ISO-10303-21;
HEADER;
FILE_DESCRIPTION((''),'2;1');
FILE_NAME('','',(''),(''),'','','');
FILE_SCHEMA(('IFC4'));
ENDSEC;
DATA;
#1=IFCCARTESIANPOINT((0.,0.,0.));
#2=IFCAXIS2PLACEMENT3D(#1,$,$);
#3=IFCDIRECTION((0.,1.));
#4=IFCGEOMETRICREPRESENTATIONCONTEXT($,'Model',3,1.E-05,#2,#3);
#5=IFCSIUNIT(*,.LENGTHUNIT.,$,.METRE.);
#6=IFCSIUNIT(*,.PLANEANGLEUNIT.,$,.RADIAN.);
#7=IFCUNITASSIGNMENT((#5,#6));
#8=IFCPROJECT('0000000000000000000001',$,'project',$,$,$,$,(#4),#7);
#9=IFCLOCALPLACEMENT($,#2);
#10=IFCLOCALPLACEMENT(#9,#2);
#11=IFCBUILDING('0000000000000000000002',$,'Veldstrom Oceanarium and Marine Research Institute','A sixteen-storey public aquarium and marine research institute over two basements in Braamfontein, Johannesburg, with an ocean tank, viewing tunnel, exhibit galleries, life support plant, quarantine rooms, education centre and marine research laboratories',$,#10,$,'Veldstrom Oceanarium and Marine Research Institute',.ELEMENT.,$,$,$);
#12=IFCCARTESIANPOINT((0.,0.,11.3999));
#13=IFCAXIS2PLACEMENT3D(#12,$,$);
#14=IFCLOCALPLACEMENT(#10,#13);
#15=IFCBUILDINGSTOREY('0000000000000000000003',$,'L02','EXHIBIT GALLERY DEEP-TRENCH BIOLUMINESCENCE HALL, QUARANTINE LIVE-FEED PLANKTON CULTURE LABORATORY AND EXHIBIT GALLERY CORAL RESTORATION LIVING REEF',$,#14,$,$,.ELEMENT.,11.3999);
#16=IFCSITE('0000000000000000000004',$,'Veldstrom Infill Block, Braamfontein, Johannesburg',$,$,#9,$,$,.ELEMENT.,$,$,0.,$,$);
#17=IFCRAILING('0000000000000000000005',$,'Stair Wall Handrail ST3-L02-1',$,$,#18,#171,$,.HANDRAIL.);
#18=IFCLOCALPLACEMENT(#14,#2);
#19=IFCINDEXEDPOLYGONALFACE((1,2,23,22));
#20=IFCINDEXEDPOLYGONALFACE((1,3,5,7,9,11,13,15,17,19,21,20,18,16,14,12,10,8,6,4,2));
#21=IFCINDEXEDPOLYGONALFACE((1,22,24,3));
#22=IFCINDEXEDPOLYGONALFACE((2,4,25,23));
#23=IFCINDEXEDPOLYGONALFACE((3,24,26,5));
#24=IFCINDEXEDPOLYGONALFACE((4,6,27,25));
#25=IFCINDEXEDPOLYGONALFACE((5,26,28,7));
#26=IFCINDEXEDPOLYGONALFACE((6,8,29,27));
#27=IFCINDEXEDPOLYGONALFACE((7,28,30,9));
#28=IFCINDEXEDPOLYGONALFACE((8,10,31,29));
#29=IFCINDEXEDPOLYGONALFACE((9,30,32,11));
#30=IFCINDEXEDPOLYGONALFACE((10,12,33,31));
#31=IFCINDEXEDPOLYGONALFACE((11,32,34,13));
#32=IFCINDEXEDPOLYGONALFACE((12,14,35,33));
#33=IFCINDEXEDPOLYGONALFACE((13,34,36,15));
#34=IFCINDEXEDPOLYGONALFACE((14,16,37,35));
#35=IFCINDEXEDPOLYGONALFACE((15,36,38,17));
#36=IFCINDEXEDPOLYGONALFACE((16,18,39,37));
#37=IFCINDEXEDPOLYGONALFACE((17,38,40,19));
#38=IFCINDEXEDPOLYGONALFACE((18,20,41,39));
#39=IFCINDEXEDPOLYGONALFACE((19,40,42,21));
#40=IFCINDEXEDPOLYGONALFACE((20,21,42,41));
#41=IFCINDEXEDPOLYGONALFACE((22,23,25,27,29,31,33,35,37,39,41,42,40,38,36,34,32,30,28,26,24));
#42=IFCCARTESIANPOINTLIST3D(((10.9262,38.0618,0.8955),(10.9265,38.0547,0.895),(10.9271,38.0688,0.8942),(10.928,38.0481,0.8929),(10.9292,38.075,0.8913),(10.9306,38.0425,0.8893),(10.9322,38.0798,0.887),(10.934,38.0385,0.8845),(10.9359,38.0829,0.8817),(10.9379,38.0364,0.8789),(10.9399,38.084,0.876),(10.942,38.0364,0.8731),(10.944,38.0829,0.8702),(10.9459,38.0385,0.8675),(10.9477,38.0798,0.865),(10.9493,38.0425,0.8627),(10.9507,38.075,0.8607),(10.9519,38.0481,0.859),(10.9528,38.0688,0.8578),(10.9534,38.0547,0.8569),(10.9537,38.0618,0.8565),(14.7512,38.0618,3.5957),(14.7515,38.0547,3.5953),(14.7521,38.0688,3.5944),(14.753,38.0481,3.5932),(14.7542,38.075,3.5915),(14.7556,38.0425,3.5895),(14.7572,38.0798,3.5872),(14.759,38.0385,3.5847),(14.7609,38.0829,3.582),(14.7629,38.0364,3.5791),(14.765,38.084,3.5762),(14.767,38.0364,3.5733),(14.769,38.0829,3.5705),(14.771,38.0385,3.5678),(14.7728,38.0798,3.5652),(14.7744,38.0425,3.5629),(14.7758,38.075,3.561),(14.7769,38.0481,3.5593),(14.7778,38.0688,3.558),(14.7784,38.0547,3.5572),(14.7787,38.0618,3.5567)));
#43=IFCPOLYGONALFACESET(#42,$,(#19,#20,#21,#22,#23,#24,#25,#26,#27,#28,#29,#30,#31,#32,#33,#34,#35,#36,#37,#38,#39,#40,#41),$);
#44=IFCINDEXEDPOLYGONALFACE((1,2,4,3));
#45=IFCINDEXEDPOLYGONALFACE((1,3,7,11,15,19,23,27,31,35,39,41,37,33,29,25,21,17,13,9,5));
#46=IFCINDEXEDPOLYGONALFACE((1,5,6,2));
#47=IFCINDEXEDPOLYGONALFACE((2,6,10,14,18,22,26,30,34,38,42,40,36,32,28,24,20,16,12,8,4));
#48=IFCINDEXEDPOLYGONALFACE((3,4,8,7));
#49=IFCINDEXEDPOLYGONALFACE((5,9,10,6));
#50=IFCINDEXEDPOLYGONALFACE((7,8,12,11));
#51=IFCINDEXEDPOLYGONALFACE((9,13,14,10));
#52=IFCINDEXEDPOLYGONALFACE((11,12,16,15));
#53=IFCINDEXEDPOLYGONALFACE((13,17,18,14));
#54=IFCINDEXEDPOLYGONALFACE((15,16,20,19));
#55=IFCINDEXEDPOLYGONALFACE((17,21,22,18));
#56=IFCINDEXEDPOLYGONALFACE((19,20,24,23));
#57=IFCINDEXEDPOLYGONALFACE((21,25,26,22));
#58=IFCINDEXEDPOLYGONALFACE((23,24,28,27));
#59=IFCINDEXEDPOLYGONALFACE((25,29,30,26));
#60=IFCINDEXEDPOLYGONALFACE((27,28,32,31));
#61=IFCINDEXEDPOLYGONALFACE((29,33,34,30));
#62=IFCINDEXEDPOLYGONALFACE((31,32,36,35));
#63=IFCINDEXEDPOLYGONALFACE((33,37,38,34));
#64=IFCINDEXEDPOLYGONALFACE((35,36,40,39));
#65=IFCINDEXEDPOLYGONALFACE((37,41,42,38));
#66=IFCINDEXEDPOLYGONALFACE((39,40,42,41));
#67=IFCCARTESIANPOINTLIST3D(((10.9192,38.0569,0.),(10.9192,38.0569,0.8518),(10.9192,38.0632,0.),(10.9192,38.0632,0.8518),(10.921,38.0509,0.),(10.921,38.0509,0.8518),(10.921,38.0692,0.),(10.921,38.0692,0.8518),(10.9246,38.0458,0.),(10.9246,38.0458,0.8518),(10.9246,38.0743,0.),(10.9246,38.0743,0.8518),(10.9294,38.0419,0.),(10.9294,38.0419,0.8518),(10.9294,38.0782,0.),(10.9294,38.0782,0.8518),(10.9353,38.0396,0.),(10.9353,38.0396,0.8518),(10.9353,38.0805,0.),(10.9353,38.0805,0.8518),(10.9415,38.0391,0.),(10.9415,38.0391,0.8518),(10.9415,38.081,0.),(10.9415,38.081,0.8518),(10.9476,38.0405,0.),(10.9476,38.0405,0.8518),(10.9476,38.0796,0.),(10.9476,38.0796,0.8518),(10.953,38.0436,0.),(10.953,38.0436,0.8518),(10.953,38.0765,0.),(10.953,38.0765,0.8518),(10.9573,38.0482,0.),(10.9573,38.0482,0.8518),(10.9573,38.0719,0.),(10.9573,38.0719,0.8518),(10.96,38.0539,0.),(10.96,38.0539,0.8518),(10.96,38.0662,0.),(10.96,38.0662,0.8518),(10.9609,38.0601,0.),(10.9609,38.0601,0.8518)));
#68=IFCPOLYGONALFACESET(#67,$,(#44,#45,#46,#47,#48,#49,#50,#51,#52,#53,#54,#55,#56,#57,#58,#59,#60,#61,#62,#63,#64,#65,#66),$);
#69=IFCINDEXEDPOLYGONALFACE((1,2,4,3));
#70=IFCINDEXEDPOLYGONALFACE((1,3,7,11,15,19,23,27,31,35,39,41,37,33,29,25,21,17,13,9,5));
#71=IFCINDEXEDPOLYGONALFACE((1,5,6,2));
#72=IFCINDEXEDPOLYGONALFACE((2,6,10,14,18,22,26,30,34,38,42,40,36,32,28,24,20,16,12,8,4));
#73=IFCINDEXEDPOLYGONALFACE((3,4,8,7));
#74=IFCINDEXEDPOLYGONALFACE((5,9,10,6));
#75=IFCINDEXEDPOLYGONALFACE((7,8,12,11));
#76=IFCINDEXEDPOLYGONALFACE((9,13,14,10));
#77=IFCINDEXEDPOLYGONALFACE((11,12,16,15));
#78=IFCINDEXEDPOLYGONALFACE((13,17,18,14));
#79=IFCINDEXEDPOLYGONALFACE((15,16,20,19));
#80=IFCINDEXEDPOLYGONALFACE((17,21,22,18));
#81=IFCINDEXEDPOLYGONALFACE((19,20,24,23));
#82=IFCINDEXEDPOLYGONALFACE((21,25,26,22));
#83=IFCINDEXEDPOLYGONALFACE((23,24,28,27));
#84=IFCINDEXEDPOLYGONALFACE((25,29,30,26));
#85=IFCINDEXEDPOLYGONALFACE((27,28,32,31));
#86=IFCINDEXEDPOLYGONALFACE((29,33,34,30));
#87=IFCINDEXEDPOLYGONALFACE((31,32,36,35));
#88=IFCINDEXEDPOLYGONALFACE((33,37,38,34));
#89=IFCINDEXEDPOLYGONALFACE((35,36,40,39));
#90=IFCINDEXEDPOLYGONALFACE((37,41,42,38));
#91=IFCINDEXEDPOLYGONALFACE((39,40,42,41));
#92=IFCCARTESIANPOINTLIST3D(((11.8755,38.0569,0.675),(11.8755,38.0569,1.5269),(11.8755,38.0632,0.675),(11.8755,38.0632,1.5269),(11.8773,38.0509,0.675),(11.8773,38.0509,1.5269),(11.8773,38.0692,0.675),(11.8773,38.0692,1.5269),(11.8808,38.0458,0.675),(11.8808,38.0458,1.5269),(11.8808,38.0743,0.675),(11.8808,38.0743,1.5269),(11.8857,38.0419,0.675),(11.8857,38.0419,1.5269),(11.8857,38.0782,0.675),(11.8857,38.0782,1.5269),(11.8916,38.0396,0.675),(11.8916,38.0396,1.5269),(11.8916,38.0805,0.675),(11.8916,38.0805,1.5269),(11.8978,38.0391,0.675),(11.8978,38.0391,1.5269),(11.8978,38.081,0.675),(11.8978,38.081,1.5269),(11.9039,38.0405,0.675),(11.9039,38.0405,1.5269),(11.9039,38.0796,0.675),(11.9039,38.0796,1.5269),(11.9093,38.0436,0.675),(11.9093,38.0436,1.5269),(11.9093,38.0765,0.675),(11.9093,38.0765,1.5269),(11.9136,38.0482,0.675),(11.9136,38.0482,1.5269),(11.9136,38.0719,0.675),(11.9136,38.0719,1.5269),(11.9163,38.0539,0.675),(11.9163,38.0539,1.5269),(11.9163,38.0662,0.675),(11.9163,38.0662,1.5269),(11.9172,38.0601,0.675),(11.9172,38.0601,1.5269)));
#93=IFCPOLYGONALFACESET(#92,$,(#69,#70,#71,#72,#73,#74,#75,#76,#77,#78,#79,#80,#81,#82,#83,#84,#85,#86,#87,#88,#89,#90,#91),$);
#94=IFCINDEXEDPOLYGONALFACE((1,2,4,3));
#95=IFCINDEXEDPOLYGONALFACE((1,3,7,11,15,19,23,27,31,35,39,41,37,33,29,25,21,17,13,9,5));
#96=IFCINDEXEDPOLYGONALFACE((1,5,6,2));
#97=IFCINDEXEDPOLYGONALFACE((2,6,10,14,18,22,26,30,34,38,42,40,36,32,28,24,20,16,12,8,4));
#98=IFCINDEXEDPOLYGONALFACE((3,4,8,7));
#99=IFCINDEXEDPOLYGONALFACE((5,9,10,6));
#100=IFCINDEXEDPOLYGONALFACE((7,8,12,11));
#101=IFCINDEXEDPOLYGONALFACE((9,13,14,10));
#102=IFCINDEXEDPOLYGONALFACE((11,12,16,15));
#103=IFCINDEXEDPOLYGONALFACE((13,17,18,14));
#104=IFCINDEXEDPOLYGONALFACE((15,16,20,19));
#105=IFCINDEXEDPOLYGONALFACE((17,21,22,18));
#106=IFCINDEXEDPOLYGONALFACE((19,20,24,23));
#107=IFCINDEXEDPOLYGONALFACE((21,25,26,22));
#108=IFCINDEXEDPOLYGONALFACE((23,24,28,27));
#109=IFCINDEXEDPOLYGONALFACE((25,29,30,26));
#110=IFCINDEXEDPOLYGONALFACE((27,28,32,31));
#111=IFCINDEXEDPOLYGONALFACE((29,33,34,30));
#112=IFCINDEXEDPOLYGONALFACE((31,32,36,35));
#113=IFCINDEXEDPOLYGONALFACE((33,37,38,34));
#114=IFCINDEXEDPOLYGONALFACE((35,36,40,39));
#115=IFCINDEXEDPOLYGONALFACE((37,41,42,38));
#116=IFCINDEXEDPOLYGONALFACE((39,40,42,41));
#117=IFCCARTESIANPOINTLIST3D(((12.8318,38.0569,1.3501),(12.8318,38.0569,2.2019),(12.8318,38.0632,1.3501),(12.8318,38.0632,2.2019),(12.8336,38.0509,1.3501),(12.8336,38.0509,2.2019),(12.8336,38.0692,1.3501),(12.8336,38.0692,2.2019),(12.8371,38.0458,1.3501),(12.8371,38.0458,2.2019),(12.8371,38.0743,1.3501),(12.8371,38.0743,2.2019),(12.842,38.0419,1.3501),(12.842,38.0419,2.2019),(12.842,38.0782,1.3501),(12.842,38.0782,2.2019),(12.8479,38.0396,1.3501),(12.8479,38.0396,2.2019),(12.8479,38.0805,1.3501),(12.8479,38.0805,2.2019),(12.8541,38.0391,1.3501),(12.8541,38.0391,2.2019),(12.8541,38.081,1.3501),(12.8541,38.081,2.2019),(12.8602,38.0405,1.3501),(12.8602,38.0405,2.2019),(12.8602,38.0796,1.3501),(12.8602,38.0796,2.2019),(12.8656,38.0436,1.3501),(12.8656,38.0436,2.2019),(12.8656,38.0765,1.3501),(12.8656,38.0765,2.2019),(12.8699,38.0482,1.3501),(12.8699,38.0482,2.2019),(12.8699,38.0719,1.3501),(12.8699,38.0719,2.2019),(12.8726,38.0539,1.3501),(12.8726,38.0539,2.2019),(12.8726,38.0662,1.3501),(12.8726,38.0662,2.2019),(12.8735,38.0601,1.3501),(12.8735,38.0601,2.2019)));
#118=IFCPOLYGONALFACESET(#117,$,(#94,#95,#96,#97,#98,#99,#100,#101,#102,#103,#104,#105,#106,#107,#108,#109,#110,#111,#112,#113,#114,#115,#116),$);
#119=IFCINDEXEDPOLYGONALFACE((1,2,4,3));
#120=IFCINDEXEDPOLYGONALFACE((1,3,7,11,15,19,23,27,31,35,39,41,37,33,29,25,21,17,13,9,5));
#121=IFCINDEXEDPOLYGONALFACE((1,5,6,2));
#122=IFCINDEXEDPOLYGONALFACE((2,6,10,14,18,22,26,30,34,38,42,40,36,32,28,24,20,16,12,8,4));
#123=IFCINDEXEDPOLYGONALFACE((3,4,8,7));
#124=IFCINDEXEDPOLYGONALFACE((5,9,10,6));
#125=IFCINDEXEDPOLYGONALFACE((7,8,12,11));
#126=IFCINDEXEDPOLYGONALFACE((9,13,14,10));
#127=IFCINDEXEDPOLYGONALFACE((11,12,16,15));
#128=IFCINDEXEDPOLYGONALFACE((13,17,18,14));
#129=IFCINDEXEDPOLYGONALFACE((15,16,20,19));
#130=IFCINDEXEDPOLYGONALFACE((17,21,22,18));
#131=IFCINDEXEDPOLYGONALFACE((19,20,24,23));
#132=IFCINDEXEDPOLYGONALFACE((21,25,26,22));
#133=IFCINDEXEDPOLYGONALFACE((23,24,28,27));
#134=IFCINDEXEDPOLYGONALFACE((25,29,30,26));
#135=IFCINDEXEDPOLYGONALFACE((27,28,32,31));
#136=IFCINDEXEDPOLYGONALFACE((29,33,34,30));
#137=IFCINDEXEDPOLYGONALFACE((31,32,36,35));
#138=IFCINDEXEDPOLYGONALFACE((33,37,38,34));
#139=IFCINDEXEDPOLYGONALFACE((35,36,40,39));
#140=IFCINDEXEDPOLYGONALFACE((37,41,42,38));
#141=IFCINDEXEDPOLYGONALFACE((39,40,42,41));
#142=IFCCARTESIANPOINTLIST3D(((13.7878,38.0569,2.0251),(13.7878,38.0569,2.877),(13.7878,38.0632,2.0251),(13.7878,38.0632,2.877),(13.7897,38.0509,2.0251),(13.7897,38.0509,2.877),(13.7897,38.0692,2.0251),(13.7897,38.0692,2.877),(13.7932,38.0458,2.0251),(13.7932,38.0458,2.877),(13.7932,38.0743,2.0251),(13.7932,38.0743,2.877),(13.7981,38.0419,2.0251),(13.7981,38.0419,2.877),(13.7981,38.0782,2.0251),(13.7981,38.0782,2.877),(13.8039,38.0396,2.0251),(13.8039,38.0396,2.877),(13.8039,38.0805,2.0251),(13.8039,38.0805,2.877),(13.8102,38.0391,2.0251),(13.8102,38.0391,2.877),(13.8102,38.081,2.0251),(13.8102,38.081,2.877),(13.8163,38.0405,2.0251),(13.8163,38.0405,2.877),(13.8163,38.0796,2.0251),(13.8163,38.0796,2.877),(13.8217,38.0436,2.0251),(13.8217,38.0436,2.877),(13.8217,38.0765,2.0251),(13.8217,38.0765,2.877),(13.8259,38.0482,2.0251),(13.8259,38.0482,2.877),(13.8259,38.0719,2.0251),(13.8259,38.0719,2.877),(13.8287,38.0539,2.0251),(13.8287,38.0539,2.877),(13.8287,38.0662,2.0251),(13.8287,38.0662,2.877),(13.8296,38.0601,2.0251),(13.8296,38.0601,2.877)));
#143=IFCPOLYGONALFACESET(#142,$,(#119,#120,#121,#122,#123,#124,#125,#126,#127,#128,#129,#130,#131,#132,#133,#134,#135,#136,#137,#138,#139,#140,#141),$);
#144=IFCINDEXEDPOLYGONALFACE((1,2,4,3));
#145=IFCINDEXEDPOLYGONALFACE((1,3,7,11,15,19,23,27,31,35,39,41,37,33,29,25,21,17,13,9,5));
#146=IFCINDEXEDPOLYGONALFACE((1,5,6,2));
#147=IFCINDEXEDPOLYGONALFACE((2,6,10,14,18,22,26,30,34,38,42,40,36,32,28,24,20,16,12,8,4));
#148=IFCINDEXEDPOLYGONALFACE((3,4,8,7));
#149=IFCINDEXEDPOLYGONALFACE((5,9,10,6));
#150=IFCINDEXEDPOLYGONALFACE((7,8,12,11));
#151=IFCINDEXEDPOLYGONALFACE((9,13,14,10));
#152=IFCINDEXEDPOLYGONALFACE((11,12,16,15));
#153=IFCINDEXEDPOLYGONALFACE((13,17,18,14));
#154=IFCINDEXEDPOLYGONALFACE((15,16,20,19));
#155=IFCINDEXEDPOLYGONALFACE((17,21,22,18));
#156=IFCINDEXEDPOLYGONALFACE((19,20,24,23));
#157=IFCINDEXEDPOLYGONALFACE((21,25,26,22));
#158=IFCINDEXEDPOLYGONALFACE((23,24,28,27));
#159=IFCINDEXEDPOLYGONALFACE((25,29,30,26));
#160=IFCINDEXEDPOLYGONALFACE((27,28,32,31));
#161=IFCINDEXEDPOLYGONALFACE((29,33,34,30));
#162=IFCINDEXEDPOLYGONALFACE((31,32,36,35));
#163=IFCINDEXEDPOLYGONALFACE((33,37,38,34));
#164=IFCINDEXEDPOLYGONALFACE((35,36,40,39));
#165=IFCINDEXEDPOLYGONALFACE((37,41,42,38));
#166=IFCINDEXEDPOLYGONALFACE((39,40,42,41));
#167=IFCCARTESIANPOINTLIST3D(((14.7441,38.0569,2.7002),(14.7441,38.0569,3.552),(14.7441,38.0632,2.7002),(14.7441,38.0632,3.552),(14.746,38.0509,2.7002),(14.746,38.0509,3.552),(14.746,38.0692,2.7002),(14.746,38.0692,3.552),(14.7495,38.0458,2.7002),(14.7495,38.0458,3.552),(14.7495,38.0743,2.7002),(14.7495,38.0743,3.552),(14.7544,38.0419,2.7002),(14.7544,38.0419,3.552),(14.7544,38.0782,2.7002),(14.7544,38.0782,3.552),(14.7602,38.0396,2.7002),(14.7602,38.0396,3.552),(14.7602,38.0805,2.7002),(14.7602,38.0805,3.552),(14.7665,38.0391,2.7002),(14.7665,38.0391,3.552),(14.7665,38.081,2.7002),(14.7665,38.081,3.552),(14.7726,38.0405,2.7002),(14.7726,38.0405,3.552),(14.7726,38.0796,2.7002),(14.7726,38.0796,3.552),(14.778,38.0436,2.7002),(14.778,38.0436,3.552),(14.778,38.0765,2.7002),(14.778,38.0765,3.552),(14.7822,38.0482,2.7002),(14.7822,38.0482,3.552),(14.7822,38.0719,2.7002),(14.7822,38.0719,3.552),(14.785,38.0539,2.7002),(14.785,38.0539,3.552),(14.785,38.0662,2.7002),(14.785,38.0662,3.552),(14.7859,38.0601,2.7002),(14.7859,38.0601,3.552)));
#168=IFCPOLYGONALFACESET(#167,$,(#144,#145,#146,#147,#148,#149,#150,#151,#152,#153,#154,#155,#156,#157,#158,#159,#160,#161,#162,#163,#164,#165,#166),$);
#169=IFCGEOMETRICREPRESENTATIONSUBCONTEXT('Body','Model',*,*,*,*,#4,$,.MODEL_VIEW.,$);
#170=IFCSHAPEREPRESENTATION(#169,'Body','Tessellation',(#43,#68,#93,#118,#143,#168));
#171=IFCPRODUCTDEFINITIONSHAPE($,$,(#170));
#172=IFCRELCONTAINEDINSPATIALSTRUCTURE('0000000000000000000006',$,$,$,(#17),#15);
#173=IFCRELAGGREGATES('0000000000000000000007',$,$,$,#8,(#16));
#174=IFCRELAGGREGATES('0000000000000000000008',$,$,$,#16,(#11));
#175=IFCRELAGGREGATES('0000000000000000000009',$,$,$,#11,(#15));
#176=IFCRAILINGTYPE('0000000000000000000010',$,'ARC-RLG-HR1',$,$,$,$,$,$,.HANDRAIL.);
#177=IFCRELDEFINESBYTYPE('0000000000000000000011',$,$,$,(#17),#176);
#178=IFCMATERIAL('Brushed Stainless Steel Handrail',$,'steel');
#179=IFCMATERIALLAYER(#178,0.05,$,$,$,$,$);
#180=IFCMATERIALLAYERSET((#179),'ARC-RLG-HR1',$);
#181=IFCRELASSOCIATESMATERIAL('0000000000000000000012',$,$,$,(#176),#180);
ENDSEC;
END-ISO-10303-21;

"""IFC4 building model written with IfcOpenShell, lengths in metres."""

from ifc_helpers import new_model, si_unit, direction, frame, origin, origin_2d, place, context, subcontext, project, spatial, circle, extrude, material, layer, layer_set, type_object, element, save


model = new_model("IFC4")

# Units and contexts
model_context = context("Model", 3, precision=1e-05, world=origin(), true_north=direction((0.0, 1.0)))
body_context = subcontext(model_context, "Body", "Model", "MODEL_VIEW")
ifc_project = project(units=[si_unit("LENGTHUNIT", "METRE"), si_unit("PLANEANGLEUNIT", "RADIAN")], contexts=[model_context])

# Site, building, storey
site_placement = place(None, origin())
site = spatial("IfcSite", under=ifc_project, at=site_placement, Name="Veldstrom Infill Block, Braamfontein, Johannesburg", CompositionType="ELEMENT", RefElevation=0.0)
building_placement = place(site_placement, origin())
building = spatial("IfcBuilding", under=site, at=building_placement, Name="Veldstrom Oceanarium and Marine Research Institute", Description="A sixteen-storey public aquarium and marine research institute over two basements in Braamfontein, Johannesburg, with an ocean tank, viewing tunnel, exhibit galleries, life support plant, quarantine rooms, education centre and marine research laboratories", LongName="Veldstrom Oceanarium and Marine Research Institute", CompositionType="ELEMENT")
storey_placement = place(building_placement, frame((0.0, 0.0, 11.3999)))
storey = spatial("IfcBuildingStorey", under=building, at=storey_placement, Name="L02", Description="EXHIBIT GALLERY DEEP-TRENCH BIOLUMINESCENCE HALL, QUARANTINE LIVE-FEED PLANKTON CULTURE LABORATORY AND EXHIBIT GALLERY CORAL RESTORATION LIVING REEF", CompositionType="ELEMENT", Elevation=11.3999)

# Railing
ifc_material_1 = material(Name="Brushed Stainless Steel Handrail", Category="steel")
ifc_layer_1 = layer(ifc_material_1, 0.05)
ifc_layer_set_1 = layer_set([ifc_layer_1], Name="ARC-RLG-HR1")
railing_type_1 = type_object("IfcRailingType", Name="ARC-RLG-HR1", PredefinedType="HANDRAIL", material=ifc_layer_set_1)
railing_1_placement = place(storey_placement, frame((10.9399, 38.0601, 0.0)))
element("IfcRailing", 1, at=railing_1_placement, inside=storey, type_object=railing_type_1, Name="Stair Wall Handrail ST3-L02-1", PredefinedType="HANDRAIL", context=body_context, shape_type="SweptSolid", body=[
    extrude(circle(Radius=0.0239, at=origin_2d()), frame((0.0, 0.0, 0.876), z_axis=(0.816945, 0.0, 0.576716), x_axis=(0.0, 1.0, 0.0)), (0.0, 0.0, 1.0), 4.6821),
    extrude(circle(Radius=0.021, at=origin_2d()), origin(), (0.0, 0.0, 1.0), 0.8518),
    extrude(circle(Radius=0.021, at=origin_2d()), frame((0.9563, 0.0, 0.675)), (0.0, 0.0, 1.0), 0.8518),
    extrude(circle(Radius=0.021, at=origin_2d()), frame((1.9126, 0.0, 1.3501)), (0.0, 0.0, 1.0), 0.8518),
    extrude(circle(Radius=0.021, at=origin_2d()), frame((2.8687, 0.0, 2.0251)), (0.0, 0.0, 1.0), 0.8518),
    extrude(circle(Radius=0.021, at=origin_2d()), frame((3.825, 0.0, 2.7002)), (0.0, 0.0, 1.0), 0.8518),
])

save(model, "model.ifc")
